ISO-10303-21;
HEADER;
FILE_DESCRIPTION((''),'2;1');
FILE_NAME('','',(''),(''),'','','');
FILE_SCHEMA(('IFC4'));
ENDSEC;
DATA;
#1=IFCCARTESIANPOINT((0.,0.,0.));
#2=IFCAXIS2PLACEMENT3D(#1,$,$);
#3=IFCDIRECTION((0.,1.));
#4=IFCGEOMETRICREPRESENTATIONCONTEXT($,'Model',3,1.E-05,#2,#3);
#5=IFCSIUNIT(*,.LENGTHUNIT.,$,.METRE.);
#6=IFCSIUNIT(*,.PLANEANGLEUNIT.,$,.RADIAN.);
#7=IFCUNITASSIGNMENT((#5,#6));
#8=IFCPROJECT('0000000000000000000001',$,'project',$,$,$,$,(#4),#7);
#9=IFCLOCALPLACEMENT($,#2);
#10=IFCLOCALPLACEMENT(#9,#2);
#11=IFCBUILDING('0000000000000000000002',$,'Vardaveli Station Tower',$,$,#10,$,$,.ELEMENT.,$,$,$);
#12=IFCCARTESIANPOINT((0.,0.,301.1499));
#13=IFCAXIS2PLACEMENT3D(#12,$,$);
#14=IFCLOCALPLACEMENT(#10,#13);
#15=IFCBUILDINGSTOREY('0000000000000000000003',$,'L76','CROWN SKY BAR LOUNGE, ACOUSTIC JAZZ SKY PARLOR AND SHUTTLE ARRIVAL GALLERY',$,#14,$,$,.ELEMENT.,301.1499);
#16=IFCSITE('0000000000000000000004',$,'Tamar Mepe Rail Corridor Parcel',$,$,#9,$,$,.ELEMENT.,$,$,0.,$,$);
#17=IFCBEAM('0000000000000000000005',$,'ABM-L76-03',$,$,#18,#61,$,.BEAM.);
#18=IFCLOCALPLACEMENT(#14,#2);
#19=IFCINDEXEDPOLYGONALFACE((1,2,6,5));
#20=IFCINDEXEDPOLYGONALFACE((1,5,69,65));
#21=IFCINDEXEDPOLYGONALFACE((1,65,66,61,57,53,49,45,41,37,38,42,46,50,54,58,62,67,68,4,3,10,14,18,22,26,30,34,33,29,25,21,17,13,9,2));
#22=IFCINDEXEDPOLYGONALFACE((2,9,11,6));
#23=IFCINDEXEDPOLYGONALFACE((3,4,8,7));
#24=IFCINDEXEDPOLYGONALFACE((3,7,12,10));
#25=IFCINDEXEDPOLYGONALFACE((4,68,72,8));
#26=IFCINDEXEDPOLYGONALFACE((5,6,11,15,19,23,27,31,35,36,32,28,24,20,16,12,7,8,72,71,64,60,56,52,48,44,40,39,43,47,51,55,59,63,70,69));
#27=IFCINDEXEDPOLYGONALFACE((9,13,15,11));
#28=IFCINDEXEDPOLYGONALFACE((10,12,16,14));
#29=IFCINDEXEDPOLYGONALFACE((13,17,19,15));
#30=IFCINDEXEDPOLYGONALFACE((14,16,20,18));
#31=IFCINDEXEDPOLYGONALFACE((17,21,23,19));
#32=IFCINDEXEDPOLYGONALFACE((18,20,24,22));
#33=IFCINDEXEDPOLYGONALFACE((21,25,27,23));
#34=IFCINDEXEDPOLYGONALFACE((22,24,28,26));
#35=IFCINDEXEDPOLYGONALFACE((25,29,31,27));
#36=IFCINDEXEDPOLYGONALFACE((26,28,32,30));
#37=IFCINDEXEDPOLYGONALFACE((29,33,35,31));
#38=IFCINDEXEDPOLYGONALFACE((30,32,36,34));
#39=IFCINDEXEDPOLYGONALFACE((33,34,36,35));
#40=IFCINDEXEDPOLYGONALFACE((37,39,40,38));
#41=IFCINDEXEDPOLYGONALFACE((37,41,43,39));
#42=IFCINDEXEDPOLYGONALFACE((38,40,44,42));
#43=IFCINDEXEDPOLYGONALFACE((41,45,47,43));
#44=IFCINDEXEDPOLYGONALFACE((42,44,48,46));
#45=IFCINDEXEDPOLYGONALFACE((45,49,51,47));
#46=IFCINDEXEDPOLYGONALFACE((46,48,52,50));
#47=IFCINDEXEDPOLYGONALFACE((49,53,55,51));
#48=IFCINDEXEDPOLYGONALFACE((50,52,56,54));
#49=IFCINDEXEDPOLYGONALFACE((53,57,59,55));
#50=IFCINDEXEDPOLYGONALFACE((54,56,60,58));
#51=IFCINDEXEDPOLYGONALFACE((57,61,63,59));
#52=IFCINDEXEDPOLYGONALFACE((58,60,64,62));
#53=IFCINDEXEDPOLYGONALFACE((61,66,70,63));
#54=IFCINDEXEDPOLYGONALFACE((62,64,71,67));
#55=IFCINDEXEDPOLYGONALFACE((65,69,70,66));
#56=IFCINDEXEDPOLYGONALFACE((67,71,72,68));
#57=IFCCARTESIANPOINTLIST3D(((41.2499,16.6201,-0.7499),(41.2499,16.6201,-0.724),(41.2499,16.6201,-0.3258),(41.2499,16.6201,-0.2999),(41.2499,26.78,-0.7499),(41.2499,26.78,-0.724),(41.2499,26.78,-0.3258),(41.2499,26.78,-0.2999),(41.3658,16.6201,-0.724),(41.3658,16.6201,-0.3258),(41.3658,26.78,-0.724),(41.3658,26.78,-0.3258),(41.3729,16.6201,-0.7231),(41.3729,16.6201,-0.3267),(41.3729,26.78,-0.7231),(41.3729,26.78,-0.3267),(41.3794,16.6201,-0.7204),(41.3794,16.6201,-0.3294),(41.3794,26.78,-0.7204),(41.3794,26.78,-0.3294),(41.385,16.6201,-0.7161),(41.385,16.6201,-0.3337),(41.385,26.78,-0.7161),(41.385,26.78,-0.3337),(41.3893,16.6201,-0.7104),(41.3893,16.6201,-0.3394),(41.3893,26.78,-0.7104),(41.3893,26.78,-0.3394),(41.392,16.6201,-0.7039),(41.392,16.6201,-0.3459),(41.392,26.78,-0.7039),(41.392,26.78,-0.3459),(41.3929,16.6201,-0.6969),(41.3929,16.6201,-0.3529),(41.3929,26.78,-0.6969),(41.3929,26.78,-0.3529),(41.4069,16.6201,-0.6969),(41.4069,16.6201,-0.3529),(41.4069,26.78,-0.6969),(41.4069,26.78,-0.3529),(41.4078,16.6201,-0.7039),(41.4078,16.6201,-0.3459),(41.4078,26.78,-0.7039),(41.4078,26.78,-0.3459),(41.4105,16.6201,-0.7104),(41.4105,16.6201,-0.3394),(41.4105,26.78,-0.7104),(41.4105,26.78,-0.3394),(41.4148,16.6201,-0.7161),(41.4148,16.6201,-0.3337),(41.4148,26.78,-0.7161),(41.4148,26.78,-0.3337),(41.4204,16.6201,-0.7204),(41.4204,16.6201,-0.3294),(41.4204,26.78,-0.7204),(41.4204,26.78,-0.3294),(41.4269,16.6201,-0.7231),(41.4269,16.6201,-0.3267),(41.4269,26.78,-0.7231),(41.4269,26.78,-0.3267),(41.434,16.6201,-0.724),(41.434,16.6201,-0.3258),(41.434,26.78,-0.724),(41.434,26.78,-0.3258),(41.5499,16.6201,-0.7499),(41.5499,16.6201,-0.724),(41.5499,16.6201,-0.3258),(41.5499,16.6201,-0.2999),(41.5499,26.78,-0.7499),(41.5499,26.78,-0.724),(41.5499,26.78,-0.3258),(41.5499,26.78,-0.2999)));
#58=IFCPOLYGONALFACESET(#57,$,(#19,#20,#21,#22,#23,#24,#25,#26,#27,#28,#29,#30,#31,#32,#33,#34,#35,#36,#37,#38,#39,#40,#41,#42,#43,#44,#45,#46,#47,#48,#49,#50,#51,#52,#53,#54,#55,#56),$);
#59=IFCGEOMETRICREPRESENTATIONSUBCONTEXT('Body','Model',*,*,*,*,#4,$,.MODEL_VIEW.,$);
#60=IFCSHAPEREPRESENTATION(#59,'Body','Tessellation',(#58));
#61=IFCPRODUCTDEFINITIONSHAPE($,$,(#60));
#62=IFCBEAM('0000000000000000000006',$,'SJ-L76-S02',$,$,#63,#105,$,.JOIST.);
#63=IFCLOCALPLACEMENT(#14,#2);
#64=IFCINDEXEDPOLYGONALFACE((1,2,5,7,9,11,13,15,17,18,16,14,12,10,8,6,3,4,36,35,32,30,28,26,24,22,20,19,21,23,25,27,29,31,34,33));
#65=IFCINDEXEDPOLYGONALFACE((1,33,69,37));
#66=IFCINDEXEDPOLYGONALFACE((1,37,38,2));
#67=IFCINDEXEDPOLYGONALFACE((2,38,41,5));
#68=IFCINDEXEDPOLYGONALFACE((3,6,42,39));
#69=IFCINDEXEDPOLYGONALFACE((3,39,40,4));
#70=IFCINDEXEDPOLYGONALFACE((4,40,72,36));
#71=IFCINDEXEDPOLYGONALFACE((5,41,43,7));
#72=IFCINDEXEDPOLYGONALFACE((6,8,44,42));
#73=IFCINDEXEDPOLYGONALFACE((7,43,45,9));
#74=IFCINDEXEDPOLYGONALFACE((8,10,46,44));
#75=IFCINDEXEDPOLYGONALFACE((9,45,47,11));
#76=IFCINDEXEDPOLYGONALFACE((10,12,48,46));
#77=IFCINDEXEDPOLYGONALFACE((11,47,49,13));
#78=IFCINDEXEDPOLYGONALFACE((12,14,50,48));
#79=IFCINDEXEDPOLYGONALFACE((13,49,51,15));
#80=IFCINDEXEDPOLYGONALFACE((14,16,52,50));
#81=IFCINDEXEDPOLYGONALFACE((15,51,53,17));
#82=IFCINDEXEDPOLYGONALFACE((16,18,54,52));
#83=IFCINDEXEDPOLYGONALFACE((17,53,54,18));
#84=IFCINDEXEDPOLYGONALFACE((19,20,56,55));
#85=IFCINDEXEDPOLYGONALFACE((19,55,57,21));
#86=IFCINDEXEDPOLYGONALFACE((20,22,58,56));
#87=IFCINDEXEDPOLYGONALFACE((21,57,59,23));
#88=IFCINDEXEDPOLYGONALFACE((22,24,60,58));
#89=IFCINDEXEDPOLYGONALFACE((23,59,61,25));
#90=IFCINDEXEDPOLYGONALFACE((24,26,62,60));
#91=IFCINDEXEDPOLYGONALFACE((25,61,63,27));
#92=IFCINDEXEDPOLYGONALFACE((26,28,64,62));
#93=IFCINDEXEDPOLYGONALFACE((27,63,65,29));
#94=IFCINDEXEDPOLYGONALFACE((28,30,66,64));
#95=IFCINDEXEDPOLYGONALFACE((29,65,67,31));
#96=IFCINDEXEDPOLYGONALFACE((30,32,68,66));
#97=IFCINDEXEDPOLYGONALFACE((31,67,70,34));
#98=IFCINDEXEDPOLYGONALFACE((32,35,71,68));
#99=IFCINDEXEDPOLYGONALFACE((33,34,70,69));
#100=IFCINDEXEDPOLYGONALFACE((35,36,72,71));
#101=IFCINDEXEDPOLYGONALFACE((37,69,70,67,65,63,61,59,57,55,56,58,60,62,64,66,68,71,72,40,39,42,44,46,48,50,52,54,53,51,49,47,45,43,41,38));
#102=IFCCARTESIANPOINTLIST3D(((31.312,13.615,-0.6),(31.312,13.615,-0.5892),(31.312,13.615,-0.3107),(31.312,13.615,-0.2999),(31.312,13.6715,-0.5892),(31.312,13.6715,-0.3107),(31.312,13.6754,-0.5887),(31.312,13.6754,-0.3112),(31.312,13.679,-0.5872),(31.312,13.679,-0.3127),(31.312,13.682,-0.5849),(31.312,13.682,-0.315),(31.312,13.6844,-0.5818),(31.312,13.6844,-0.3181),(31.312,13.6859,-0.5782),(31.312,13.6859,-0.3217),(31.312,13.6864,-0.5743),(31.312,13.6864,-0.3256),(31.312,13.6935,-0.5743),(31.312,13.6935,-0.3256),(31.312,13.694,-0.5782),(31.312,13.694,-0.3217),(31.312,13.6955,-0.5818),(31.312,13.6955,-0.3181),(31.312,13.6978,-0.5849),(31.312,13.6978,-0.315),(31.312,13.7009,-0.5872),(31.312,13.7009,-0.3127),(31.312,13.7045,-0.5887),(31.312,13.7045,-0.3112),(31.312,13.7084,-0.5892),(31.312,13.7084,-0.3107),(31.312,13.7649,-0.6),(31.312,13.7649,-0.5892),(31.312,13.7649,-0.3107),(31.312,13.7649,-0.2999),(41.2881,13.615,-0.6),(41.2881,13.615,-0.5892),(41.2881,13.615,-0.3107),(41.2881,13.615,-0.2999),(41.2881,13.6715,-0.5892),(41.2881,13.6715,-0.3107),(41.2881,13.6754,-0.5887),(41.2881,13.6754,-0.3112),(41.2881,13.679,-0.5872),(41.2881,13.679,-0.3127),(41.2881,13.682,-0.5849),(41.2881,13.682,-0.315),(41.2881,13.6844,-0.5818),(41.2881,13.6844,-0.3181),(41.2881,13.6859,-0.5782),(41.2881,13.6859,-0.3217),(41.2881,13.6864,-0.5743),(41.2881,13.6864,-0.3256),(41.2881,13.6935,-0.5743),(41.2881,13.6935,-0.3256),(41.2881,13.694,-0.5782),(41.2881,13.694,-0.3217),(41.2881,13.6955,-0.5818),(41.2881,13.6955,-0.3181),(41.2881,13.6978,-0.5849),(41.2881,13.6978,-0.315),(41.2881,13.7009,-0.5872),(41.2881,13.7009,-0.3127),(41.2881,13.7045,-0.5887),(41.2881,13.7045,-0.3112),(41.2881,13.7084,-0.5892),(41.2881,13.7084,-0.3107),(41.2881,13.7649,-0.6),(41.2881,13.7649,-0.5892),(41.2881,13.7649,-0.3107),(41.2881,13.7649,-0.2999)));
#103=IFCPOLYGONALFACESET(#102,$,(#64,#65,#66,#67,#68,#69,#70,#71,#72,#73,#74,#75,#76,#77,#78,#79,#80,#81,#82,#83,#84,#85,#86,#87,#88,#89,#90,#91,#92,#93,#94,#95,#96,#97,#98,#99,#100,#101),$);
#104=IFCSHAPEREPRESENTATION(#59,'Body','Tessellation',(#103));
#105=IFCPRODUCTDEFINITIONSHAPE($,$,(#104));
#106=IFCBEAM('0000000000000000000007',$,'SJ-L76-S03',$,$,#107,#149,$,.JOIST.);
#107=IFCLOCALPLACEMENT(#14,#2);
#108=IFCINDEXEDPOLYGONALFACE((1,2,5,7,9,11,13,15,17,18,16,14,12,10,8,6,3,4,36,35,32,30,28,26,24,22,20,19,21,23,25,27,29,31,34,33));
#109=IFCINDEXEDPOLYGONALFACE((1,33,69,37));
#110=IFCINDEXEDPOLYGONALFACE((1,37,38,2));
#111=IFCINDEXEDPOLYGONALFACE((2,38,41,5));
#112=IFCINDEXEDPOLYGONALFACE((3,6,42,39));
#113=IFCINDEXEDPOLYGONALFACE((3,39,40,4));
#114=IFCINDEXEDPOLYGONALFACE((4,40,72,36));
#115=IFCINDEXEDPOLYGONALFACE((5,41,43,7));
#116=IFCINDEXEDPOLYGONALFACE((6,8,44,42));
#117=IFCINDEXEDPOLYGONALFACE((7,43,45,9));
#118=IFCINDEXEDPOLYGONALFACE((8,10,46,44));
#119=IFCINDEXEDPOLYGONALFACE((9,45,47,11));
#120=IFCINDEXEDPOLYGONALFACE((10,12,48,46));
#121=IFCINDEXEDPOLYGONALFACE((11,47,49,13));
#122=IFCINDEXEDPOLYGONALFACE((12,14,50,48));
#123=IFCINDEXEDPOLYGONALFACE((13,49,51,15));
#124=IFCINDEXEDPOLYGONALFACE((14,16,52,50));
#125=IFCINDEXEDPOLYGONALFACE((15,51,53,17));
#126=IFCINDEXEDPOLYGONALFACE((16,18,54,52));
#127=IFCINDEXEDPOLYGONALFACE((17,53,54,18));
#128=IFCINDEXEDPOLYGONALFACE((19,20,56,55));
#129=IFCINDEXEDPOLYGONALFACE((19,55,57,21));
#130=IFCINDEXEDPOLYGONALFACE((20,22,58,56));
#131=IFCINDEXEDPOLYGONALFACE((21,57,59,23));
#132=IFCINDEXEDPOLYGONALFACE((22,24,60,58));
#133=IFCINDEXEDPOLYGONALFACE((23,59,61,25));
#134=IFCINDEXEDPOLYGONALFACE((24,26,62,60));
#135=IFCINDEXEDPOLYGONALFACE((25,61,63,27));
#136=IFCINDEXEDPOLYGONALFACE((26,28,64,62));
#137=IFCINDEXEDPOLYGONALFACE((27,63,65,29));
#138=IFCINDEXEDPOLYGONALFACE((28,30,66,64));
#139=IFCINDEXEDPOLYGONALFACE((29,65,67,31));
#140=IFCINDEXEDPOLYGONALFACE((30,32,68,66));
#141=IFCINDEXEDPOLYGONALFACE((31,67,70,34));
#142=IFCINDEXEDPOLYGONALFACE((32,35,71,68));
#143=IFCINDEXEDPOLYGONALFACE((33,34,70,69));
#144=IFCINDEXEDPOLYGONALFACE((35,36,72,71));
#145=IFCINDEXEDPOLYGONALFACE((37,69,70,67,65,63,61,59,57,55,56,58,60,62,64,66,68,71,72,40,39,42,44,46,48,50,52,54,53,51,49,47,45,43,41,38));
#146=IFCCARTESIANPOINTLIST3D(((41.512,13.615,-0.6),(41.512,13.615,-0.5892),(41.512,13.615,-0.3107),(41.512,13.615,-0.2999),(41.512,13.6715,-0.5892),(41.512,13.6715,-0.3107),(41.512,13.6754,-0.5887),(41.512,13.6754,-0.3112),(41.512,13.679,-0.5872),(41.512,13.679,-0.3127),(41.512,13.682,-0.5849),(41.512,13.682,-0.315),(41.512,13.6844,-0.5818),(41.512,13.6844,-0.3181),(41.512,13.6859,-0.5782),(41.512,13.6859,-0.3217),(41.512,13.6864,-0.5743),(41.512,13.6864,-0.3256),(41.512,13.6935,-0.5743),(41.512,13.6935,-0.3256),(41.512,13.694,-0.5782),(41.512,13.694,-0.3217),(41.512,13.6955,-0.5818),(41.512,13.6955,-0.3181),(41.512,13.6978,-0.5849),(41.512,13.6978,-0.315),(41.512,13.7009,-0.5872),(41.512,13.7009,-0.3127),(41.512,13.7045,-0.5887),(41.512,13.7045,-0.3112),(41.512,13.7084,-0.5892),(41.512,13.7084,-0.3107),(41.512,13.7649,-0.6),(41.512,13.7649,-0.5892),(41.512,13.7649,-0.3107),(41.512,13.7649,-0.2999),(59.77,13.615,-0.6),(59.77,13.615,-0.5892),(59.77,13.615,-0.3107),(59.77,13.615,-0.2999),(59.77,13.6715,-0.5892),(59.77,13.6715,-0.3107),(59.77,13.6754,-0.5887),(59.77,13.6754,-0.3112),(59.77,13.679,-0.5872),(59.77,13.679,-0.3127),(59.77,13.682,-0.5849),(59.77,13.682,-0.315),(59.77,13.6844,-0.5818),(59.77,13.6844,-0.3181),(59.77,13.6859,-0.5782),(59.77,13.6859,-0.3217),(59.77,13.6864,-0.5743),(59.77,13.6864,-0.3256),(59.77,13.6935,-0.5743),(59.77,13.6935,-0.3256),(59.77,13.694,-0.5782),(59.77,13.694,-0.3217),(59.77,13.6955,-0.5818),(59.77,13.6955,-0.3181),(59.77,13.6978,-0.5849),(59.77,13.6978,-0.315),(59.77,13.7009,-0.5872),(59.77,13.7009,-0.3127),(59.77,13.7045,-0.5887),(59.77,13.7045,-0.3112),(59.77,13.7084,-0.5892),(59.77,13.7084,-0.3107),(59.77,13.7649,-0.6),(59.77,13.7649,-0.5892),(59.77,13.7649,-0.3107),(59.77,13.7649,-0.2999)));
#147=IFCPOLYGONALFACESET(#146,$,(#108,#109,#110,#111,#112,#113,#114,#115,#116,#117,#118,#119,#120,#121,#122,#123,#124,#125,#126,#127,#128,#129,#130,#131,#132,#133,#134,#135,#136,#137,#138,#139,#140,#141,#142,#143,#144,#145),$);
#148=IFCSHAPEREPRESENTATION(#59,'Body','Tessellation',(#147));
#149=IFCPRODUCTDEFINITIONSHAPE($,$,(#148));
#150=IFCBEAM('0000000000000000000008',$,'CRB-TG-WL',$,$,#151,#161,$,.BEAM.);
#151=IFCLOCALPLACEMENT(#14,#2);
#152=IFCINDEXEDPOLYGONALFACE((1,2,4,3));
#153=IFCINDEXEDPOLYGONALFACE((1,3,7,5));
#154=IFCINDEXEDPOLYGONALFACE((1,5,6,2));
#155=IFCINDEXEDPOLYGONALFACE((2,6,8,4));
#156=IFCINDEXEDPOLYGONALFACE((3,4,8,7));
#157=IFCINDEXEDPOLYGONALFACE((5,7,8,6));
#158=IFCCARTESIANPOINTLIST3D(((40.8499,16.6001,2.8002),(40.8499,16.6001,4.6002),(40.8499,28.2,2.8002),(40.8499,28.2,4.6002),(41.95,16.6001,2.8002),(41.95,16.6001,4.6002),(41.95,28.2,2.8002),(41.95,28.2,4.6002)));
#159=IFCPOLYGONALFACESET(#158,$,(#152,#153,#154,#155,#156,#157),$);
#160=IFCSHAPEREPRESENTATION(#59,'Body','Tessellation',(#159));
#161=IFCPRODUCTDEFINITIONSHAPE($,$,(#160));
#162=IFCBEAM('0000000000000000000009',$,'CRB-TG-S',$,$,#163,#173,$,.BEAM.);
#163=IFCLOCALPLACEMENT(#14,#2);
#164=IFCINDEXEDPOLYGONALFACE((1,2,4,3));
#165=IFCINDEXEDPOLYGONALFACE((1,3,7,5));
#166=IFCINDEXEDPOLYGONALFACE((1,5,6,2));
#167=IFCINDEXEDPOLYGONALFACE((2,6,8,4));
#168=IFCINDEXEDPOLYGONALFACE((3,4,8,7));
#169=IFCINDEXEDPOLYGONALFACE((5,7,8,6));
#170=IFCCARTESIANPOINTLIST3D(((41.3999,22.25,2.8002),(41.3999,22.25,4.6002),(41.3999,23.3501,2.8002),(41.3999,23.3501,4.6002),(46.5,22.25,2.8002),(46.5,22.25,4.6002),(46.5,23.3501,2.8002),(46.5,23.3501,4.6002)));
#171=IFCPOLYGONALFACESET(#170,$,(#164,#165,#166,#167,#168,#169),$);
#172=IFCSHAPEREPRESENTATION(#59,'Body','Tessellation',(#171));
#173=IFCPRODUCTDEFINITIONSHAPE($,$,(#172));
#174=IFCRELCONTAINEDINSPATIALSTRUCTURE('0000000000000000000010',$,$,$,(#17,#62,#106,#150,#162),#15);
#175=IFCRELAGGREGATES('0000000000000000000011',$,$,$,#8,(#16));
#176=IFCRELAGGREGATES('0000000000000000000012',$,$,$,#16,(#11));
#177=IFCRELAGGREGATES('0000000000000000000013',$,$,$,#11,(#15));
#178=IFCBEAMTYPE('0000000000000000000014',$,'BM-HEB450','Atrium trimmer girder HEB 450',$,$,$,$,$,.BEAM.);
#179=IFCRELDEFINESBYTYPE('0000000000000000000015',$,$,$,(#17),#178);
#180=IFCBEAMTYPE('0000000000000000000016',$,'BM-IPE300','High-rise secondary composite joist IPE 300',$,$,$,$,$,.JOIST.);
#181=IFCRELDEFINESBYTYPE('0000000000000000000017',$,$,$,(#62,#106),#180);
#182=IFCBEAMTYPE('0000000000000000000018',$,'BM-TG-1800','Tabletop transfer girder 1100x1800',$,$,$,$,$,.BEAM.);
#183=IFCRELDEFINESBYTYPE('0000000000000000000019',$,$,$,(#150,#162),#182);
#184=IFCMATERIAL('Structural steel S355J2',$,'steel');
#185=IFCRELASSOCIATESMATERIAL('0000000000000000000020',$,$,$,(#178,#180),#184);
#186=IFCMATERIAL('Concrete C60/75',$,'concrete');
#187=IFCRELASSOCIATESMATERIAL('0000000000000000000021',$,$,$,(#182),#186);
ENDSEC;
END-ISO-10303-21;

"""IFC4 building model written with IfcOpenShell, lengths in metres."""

from ifc_helpers import new_model, si_unit, direction, frame, origin, origin_2d, place, context, subcontext, project, spatial, rectangle, i_section, extrude, source, transform, mapped, material, material_profile, profile_set, type_object, element, save


model = new_model("IFC4")

# Units and contexts
model_context = context("Model", 3, precision=1e-05, world=origin(), true_north=direction((0.0, 1.0)))
body_context = subcontext(model_context, "Body", "Model", "MODEL_VIEW")
ifc_project = project(units=[si_unit("LENGTHUNIT", "METRE"), si_unit("PLANEANGLEUNIT", "RADIAN")], contexts=[model_context])

# Site, building, storey
site_placement = place(None, origin())
site = spatial("IfcSite", under=ifc_project, at=site_placement, Name="Tamar Mepe Rail Corridor Parcel", CompositionType="ELEMENT", RefElevation=0.0)
building_placement = place(site_placement, origin())
building = spatial("IfcBuilding", under=site, at=building_placement, Name="Vardaveli Station Tower", CompositionType="ELEMENT")
storey_placement = place(building_placement, frame((0.0, 0.0, 301.1499)))
storey = spatial("IfcBuildingStorey", under=building, at=storey_placement, Name="L76", Description="CROWN SKY BAR LOUNGE, ACOUSTIC JAZZ SKY PARLOR AND SHUTTLE ARRIVAL GALLERY", CompositionType="ELEMENT", Elevation=301.1499)

# Beams
ifc_material_1 = material(Name="Structural steel S355J2", Category="steel")
ifc_material_profile_1 = material_profile(ifc_material_1, i_section(OverallWidth=0.3, OverallDepth=0.45, WebThickness=0.0139, FlangeThickness=0.0259, FilletRadius=0.0271, at=origin_2d()), Name="HEB 450")
ifc_profile_set_1 = profile_set([ifc_material_profile_1], Name="Structural steel S355J2")
beam_type_1 = type_object("IfcBeamType", Name="BM-HEB450", Description="Atrium trimmer girder HEB 450", PredefinedType="BEAM", material=ifc_profile_set_1)
shared_shape_1 = source(origin(), body_context, "Body", "SweptSolid", [
    extrude(i_section(OverallWidth=0.3, OverallDepth=0.45, WebThickness=0.0139, FlangeThickness=0.0259, FilletRadius=0.0271, at=origin_2d()), origin(), (0.0, 0.0, 1.0), 10.1599),
])
beam_1_placement = place(storey_placement, frame((41.3999, 16.6201, -0.5249), z_axis=(0.0, 1.0, 0.0), x_axis=(-1.0, 0.0, 0.0)))
element("IfcBeam", 1, at=beam_1_placement, inside=storey, type_object=beam_type_1, Name="ABM-L76-03", PredefinedType="BEAM", context=body_context, shape_type="MappedRepresentation", body=[
    mapped(shared_shape_1, transform((0.0, 0.0, 0.0), scale=1.0)),
])
ifc_material_profile_2 = material_profile(ifc_material_1, i_section(OverallWidth=0.1499, OverallDepth=0.3, WebThickness=0.0071, FlangeThickness=0.0107, FilletRadius=0.0149, at=origin_2d()), Name="IPE 300")
ifc_profile_set_2 = profile_set([ifc_material_profile_2], Name="Structural steel S355J2")
beam_type_2 = type_object("IfcBeamType", Name="BM-IPE300", Description="High-rise secondary composite joist IPE 300", PredefinedType="JOIST", material=ifc_profile_set_2)
shared_shape_2 = source(origin(), body_context, "Body", "SweptSolid", [
    extrude(i_section(OverallWidth=0.1499, OverallDepth=0.3, WebThickness=0.0071, FlangeThickness=0.0107, FilletRadius=0.0149, at=origin_2d()), origin(), (0.0, 0.0, 1.0), 9.9761),
])
beam_2_placement = place(storey_placement, frame((31.312, 13.6899, -0.45), z_axis=(1.0, 0.0, 0.0), x_axis=(0.0, 1.0, 0.0)))
element("IfcBeam", 2, at=beam_2_placement, inside=storey, type_object=beam_type_2, Name="SJ-L76-S02", PredefinedType="JOIST", context=body_context, shape_type="MappedRepresentation", body=[
    mapped(shared_shape_2, transform((0.0, 0.0, 0.0), scale=1.0)),
])
shared_shape_3 = source(origin(), body_context, "Body", "SweptSolid", [
    extrude(i_section(OverallWidth=0.1499, OverallDepth=0.3, WebThickness=0.0071, FlangeThickness=0.0107, FilletRadius=0.0149, at=origin_2d()), origin(), (0.0, 0.0, 1.0), 18.2581),
])
beam_3_placement = place(storey_placement, frame((41.512, 13.6899, -0.45), z_axis=(1.0, 0.0, 0.0), x_axis=(0.0, 1.0, 0.0)))
element("IfcBeam", 3, at=beam_3_placement, inside=storey, type_object=beam_type_2, Name="SJ-L76-S03", PredefinedType="JOIST", context=body_context, shape_type="MappedRepresentation", body=[
    mapped(shared_shape_3, transform((0.0, 0.0, 0.0), scale=1.0)),
])
ifc_material_2 = material(Name="Concrete C60/75", Category="concrete")
ifc_material_profile_3 = material_profile(ifc_material_2, rectangle(XDim=1.1001, YDim=1.8, at=origin_2d()), Name="TG 1100x1800")
ifc_profile_set_3 = profile_set([ifc_material_profile_3], Name="Concrete C60/75")
beam_type_3 = type_object("IfcBeamType", Name="BM-TG-1800", Description="Tabletop transfer girder 1100x1800", PredefinedType="BEAM", material=ifc_profile_set_3)
shared_shape_4 = source(origin(), body_context, "Body", "SweptSolid", [
    extrude(rectangle(XDim=1.1001, YDim=1.8, at=origin_2d()), origin(), (0.0, 0.0, 1.0), 11.5999),
])
beam_4_placement = place(storey_placement, frame((41.3999, 16.6001, 3.7002), z_axis=(0.0, 1.0, 0.0), x_axis=(-1.0, 0.0, 0.0)))
element("IfcBeam", 4, at=beam_4_placement, inside=storey, type_object=beam_type_3, Name="CRB-TG-WL", PredefinedType="BEAM", context=body_context, shape_type="MappedRepresentation", body=[
    mapped(shared_shape_4, transform((0.0, 0.0, 0.0), scale=1.0)),
])
shared_shape_5 = source(origin(), body_context, "Body", "SweptSolid", [
    extrude(rectangle(XDim=1.1001, YDim=1.8, at=origin_2d()), origin(), (0.0, 0.0, 1.0), 5.1001),
])
beam_5_placement = place(storey_placement, frame((41.3999, 22.8, 3.7002), z_axis=(1.0, 0.0, 0.0), x_axis=(0.0, 1.0, 0.0)))
element("IfcBeam", 5, at=beam_5_placement, inside=storey, type_object=beam_type_3, Name="CRB-TG-S", PredefinedType="BEAM", context=body_context, shape_type="MappedRepresentation", body=[
    mapped(shared_shape_5, transform((0.0, 0.0, 0.0), scale=1.0)),
])

save(model, "model.ifc")
